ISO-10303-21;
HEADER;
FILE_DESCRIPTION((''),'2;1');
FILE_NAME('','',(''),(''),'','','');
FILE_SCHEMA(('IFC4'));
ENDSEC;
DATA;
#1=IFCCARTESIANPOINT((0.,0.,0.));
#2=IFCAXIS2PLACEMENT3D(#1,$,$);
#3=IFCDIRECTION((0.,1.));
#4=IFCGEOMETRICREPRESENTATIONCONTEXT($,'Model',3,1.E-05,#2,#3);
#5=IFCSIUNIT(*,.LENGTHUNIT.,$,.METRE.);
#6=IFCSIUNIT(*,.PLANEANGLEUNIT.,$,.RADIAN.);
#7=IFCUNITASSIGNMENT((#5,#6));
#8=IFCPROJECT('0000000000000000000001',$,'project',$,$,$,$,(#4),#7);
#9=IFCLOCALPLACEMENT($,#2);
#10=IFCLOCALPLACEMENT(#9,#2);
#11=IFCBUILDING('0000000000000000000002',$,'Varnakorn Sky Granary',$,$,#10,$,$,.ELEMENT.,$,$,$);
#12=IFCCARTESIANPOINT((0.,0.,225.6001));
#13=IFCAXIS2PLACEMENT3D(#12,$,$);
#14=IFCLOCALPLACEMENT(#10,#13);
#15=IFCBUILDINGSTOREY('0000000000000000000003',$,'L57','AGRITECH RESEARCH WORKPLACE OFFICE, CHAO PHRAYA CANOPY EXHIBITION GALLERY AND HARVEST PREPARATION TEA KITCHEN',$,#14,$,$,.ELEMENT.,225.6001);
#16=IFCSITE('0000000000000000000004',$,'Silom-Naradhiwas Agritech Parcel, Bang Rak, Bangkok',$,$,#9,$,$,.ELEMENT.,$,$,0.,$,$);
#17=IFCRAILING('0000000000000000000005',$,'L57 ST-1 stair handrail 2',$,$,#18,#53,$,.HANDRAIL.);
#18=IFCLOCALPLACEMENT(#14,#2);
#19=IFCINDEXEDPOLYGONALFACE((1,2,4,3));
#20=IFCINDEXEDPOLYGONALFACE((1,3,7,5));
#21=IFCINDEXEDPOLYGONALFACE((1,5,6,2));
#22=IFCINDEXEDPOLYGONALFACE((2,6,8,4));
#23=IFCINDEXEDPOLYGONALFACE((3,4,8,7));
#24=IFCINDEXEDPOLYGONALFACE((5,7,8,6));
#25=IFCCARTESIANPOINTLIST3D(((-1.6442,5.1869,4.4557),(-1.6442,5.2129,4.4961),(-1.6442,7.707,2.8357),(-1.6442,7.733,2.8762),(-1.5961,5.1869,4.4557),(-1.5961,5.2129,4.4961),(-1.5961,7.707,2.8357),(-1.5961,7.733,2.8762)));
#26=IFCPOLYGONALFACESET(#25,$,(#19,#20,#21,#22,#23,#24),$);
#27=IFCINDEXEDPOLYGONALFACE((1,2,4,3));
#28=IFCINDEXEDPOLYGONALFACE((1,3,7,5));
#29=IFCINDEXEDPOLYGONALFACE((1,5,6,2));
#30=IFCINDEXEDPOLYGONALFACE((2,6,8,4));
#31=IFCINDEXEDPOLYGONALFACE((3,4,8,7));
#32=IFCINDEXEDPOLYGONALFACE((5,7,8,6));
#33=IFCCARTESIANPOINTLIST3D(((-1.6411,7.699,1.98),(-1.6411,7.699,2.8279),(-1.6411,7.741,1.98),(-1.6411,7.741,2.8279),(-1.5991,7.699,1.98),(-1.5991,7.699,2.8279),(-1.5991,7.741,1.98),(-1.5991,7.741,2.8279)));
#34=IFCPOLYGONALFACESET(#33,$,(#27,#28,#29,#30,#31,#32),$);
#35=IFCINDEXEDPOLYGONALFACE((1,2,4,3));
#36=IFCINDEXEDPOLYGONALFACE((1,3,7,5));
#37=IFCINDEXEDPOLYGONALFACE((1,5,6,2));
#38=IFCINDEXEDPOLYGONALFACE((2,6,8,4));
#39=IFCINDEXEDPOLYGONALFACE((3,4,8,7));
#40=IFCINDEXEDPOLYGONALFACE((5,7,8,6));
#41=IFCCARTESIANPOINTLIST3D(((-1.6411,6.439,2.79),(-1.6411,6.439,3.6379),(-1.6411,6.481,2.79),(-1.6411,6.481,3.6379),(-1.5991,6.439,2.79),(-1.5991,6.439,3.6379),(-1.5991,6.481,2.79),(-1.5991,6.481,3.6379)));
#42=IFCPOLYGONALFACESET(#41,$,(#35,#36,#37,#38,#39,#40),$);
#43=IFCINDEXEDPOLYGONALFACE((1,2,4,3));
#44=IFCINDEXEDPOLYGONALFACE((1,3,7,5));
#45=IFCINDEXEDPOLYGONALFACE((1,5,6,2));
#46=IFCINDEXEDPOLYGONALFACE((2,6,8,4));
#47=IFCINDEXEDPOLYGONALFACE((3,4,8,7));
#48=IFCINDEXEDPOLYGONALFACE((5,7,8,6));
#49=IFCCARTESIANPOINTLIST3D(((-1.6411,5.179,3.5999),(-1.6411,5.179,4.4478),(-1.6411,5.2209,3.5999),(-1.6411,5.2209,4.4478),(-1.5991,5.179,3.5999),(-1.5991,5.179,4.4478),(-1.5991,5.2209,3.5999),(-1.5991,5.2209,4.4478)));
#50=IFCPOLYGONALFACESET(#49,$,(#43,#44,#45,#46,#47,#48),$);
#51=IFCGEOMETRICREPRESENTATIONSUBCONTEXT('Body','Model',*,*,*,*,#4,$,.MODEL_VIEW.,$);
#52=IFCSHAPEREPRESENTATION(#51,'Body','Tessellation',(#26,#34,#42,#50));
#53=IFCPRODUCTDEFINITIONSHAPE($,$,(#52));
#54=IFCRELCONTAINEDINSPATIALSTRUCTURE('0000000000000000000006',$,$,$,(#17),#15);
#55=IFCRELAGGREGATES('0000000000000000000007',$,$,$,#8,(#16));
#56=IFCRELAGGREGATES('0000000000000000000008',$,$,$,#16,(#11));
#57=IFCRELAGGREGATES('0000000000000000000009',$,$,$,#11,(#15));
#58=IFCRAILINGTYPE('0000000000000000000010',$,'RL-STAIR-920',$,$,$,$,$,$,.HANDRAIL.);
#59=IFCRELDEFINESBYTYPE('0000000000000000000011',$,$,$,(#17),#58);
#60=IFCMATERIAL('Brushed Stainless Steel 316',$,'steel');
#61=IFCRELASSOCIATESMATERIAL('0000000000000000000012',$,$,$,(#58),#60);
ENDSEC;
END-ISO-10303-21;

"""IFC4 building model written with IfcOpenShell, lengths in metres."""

from ifc_helpers import new_model, si_unit, direction, frame, origin, origin_2d, place, context, subcontext, project, spatial, rectangle, extrude, material, type_object, element, save


model = new_model("IFC4")

# Units and contexts
model_context = context("Model", 3, precision=1e-05, world=origin(), true_north=direction((0.0, 1.0)))
body_context = subcontext(model_context, "Body", "Model", "MODEL_VIEW")
ifc_project = project(units=[si_unit("LENGTHUNIT", "METRE"), si_unit("PLANEANGLEUNIT", "RADIAN")], contexts=[model_context])

# Site, building, storey
site_placement = place(None, origin())
site = spatial("IfcSite", under=ifc_project, at=site_placement, Name="Silom-Naradhiwas Agritech Parcel, Bang Rak, Bangkok", CompositionType="ELEMENT", RefElevation=0.0)
building_placement = place(site_placement, origin())
building = spatial("IfcBuilding", under=site, at=building_placement, Name="Varnakorn Sky Granary", CompositionType="ELEMENT")
storey_placement = place(building_placement, frame((0.0, 0.0, 225.6001)))
storey = spatial("IfcBuildingStorey", under=building, at=storey_placement, Name="L57", Description="AGRITECH RESEARCH WORKPLACE OFFICE, CHAO PHRAYA CANOPY EXHIBITION GALLERY AND HARVEST PREPARATION TEA KITCHEN", CompositionType="ELEMENT", Elevation=225.6001)

# Railing
ifc_material_1 = material(Name="Brushed Stainless Steel 316", Category="steel")
railing_type_1 = type_object("IfcRailingType", Name="RL-STAIR-920", PredefinedType="HANDRAIL", material=ifc_material_1)
railing_1_placement = place(storey_placement, frame((-1.6201, 7.72, 1.98)))
element("IfcRailing", 1, at=railing_1_placement, inside=storey, type_object=railing_type_1, Name="L57 ST-1 stair handrail 2", PredefinedType="HANDRAIL", context=body_context, shape_type="SweptSolid", body=[
    extrude(rectangle(XDim=0.0481, YDim=0.0481, at=origin_2d()), frame((0.0, 0.0, 0.876), z_axis=(0.0, -0.8412, 0.540725), x_axis=(1.0, 0.0, 0.0)), (0.0, 0.0, 1.0), 2.9958),
    extrude(rectangle(XDim=0.042, YDim=0.042, at=origin_2d()), origin(), (0.0, 0.0, 1.0), 0.8479),
    extrude(rectangle(XDim=0.042, YDim=0.042, at=origin_2d()), frame((0.0, -1.26, 0.8101)), (0.0, 0.0, 1.0), 0.8479),
    extrude(rectangle(XDim=0.042, YDim=0.042, at=origin_2d()), frame((0.0, -2.52, 1.6199)), (0.0, 0.0, 1.0), 0.8479),
])

save(model, "model.ifc")
